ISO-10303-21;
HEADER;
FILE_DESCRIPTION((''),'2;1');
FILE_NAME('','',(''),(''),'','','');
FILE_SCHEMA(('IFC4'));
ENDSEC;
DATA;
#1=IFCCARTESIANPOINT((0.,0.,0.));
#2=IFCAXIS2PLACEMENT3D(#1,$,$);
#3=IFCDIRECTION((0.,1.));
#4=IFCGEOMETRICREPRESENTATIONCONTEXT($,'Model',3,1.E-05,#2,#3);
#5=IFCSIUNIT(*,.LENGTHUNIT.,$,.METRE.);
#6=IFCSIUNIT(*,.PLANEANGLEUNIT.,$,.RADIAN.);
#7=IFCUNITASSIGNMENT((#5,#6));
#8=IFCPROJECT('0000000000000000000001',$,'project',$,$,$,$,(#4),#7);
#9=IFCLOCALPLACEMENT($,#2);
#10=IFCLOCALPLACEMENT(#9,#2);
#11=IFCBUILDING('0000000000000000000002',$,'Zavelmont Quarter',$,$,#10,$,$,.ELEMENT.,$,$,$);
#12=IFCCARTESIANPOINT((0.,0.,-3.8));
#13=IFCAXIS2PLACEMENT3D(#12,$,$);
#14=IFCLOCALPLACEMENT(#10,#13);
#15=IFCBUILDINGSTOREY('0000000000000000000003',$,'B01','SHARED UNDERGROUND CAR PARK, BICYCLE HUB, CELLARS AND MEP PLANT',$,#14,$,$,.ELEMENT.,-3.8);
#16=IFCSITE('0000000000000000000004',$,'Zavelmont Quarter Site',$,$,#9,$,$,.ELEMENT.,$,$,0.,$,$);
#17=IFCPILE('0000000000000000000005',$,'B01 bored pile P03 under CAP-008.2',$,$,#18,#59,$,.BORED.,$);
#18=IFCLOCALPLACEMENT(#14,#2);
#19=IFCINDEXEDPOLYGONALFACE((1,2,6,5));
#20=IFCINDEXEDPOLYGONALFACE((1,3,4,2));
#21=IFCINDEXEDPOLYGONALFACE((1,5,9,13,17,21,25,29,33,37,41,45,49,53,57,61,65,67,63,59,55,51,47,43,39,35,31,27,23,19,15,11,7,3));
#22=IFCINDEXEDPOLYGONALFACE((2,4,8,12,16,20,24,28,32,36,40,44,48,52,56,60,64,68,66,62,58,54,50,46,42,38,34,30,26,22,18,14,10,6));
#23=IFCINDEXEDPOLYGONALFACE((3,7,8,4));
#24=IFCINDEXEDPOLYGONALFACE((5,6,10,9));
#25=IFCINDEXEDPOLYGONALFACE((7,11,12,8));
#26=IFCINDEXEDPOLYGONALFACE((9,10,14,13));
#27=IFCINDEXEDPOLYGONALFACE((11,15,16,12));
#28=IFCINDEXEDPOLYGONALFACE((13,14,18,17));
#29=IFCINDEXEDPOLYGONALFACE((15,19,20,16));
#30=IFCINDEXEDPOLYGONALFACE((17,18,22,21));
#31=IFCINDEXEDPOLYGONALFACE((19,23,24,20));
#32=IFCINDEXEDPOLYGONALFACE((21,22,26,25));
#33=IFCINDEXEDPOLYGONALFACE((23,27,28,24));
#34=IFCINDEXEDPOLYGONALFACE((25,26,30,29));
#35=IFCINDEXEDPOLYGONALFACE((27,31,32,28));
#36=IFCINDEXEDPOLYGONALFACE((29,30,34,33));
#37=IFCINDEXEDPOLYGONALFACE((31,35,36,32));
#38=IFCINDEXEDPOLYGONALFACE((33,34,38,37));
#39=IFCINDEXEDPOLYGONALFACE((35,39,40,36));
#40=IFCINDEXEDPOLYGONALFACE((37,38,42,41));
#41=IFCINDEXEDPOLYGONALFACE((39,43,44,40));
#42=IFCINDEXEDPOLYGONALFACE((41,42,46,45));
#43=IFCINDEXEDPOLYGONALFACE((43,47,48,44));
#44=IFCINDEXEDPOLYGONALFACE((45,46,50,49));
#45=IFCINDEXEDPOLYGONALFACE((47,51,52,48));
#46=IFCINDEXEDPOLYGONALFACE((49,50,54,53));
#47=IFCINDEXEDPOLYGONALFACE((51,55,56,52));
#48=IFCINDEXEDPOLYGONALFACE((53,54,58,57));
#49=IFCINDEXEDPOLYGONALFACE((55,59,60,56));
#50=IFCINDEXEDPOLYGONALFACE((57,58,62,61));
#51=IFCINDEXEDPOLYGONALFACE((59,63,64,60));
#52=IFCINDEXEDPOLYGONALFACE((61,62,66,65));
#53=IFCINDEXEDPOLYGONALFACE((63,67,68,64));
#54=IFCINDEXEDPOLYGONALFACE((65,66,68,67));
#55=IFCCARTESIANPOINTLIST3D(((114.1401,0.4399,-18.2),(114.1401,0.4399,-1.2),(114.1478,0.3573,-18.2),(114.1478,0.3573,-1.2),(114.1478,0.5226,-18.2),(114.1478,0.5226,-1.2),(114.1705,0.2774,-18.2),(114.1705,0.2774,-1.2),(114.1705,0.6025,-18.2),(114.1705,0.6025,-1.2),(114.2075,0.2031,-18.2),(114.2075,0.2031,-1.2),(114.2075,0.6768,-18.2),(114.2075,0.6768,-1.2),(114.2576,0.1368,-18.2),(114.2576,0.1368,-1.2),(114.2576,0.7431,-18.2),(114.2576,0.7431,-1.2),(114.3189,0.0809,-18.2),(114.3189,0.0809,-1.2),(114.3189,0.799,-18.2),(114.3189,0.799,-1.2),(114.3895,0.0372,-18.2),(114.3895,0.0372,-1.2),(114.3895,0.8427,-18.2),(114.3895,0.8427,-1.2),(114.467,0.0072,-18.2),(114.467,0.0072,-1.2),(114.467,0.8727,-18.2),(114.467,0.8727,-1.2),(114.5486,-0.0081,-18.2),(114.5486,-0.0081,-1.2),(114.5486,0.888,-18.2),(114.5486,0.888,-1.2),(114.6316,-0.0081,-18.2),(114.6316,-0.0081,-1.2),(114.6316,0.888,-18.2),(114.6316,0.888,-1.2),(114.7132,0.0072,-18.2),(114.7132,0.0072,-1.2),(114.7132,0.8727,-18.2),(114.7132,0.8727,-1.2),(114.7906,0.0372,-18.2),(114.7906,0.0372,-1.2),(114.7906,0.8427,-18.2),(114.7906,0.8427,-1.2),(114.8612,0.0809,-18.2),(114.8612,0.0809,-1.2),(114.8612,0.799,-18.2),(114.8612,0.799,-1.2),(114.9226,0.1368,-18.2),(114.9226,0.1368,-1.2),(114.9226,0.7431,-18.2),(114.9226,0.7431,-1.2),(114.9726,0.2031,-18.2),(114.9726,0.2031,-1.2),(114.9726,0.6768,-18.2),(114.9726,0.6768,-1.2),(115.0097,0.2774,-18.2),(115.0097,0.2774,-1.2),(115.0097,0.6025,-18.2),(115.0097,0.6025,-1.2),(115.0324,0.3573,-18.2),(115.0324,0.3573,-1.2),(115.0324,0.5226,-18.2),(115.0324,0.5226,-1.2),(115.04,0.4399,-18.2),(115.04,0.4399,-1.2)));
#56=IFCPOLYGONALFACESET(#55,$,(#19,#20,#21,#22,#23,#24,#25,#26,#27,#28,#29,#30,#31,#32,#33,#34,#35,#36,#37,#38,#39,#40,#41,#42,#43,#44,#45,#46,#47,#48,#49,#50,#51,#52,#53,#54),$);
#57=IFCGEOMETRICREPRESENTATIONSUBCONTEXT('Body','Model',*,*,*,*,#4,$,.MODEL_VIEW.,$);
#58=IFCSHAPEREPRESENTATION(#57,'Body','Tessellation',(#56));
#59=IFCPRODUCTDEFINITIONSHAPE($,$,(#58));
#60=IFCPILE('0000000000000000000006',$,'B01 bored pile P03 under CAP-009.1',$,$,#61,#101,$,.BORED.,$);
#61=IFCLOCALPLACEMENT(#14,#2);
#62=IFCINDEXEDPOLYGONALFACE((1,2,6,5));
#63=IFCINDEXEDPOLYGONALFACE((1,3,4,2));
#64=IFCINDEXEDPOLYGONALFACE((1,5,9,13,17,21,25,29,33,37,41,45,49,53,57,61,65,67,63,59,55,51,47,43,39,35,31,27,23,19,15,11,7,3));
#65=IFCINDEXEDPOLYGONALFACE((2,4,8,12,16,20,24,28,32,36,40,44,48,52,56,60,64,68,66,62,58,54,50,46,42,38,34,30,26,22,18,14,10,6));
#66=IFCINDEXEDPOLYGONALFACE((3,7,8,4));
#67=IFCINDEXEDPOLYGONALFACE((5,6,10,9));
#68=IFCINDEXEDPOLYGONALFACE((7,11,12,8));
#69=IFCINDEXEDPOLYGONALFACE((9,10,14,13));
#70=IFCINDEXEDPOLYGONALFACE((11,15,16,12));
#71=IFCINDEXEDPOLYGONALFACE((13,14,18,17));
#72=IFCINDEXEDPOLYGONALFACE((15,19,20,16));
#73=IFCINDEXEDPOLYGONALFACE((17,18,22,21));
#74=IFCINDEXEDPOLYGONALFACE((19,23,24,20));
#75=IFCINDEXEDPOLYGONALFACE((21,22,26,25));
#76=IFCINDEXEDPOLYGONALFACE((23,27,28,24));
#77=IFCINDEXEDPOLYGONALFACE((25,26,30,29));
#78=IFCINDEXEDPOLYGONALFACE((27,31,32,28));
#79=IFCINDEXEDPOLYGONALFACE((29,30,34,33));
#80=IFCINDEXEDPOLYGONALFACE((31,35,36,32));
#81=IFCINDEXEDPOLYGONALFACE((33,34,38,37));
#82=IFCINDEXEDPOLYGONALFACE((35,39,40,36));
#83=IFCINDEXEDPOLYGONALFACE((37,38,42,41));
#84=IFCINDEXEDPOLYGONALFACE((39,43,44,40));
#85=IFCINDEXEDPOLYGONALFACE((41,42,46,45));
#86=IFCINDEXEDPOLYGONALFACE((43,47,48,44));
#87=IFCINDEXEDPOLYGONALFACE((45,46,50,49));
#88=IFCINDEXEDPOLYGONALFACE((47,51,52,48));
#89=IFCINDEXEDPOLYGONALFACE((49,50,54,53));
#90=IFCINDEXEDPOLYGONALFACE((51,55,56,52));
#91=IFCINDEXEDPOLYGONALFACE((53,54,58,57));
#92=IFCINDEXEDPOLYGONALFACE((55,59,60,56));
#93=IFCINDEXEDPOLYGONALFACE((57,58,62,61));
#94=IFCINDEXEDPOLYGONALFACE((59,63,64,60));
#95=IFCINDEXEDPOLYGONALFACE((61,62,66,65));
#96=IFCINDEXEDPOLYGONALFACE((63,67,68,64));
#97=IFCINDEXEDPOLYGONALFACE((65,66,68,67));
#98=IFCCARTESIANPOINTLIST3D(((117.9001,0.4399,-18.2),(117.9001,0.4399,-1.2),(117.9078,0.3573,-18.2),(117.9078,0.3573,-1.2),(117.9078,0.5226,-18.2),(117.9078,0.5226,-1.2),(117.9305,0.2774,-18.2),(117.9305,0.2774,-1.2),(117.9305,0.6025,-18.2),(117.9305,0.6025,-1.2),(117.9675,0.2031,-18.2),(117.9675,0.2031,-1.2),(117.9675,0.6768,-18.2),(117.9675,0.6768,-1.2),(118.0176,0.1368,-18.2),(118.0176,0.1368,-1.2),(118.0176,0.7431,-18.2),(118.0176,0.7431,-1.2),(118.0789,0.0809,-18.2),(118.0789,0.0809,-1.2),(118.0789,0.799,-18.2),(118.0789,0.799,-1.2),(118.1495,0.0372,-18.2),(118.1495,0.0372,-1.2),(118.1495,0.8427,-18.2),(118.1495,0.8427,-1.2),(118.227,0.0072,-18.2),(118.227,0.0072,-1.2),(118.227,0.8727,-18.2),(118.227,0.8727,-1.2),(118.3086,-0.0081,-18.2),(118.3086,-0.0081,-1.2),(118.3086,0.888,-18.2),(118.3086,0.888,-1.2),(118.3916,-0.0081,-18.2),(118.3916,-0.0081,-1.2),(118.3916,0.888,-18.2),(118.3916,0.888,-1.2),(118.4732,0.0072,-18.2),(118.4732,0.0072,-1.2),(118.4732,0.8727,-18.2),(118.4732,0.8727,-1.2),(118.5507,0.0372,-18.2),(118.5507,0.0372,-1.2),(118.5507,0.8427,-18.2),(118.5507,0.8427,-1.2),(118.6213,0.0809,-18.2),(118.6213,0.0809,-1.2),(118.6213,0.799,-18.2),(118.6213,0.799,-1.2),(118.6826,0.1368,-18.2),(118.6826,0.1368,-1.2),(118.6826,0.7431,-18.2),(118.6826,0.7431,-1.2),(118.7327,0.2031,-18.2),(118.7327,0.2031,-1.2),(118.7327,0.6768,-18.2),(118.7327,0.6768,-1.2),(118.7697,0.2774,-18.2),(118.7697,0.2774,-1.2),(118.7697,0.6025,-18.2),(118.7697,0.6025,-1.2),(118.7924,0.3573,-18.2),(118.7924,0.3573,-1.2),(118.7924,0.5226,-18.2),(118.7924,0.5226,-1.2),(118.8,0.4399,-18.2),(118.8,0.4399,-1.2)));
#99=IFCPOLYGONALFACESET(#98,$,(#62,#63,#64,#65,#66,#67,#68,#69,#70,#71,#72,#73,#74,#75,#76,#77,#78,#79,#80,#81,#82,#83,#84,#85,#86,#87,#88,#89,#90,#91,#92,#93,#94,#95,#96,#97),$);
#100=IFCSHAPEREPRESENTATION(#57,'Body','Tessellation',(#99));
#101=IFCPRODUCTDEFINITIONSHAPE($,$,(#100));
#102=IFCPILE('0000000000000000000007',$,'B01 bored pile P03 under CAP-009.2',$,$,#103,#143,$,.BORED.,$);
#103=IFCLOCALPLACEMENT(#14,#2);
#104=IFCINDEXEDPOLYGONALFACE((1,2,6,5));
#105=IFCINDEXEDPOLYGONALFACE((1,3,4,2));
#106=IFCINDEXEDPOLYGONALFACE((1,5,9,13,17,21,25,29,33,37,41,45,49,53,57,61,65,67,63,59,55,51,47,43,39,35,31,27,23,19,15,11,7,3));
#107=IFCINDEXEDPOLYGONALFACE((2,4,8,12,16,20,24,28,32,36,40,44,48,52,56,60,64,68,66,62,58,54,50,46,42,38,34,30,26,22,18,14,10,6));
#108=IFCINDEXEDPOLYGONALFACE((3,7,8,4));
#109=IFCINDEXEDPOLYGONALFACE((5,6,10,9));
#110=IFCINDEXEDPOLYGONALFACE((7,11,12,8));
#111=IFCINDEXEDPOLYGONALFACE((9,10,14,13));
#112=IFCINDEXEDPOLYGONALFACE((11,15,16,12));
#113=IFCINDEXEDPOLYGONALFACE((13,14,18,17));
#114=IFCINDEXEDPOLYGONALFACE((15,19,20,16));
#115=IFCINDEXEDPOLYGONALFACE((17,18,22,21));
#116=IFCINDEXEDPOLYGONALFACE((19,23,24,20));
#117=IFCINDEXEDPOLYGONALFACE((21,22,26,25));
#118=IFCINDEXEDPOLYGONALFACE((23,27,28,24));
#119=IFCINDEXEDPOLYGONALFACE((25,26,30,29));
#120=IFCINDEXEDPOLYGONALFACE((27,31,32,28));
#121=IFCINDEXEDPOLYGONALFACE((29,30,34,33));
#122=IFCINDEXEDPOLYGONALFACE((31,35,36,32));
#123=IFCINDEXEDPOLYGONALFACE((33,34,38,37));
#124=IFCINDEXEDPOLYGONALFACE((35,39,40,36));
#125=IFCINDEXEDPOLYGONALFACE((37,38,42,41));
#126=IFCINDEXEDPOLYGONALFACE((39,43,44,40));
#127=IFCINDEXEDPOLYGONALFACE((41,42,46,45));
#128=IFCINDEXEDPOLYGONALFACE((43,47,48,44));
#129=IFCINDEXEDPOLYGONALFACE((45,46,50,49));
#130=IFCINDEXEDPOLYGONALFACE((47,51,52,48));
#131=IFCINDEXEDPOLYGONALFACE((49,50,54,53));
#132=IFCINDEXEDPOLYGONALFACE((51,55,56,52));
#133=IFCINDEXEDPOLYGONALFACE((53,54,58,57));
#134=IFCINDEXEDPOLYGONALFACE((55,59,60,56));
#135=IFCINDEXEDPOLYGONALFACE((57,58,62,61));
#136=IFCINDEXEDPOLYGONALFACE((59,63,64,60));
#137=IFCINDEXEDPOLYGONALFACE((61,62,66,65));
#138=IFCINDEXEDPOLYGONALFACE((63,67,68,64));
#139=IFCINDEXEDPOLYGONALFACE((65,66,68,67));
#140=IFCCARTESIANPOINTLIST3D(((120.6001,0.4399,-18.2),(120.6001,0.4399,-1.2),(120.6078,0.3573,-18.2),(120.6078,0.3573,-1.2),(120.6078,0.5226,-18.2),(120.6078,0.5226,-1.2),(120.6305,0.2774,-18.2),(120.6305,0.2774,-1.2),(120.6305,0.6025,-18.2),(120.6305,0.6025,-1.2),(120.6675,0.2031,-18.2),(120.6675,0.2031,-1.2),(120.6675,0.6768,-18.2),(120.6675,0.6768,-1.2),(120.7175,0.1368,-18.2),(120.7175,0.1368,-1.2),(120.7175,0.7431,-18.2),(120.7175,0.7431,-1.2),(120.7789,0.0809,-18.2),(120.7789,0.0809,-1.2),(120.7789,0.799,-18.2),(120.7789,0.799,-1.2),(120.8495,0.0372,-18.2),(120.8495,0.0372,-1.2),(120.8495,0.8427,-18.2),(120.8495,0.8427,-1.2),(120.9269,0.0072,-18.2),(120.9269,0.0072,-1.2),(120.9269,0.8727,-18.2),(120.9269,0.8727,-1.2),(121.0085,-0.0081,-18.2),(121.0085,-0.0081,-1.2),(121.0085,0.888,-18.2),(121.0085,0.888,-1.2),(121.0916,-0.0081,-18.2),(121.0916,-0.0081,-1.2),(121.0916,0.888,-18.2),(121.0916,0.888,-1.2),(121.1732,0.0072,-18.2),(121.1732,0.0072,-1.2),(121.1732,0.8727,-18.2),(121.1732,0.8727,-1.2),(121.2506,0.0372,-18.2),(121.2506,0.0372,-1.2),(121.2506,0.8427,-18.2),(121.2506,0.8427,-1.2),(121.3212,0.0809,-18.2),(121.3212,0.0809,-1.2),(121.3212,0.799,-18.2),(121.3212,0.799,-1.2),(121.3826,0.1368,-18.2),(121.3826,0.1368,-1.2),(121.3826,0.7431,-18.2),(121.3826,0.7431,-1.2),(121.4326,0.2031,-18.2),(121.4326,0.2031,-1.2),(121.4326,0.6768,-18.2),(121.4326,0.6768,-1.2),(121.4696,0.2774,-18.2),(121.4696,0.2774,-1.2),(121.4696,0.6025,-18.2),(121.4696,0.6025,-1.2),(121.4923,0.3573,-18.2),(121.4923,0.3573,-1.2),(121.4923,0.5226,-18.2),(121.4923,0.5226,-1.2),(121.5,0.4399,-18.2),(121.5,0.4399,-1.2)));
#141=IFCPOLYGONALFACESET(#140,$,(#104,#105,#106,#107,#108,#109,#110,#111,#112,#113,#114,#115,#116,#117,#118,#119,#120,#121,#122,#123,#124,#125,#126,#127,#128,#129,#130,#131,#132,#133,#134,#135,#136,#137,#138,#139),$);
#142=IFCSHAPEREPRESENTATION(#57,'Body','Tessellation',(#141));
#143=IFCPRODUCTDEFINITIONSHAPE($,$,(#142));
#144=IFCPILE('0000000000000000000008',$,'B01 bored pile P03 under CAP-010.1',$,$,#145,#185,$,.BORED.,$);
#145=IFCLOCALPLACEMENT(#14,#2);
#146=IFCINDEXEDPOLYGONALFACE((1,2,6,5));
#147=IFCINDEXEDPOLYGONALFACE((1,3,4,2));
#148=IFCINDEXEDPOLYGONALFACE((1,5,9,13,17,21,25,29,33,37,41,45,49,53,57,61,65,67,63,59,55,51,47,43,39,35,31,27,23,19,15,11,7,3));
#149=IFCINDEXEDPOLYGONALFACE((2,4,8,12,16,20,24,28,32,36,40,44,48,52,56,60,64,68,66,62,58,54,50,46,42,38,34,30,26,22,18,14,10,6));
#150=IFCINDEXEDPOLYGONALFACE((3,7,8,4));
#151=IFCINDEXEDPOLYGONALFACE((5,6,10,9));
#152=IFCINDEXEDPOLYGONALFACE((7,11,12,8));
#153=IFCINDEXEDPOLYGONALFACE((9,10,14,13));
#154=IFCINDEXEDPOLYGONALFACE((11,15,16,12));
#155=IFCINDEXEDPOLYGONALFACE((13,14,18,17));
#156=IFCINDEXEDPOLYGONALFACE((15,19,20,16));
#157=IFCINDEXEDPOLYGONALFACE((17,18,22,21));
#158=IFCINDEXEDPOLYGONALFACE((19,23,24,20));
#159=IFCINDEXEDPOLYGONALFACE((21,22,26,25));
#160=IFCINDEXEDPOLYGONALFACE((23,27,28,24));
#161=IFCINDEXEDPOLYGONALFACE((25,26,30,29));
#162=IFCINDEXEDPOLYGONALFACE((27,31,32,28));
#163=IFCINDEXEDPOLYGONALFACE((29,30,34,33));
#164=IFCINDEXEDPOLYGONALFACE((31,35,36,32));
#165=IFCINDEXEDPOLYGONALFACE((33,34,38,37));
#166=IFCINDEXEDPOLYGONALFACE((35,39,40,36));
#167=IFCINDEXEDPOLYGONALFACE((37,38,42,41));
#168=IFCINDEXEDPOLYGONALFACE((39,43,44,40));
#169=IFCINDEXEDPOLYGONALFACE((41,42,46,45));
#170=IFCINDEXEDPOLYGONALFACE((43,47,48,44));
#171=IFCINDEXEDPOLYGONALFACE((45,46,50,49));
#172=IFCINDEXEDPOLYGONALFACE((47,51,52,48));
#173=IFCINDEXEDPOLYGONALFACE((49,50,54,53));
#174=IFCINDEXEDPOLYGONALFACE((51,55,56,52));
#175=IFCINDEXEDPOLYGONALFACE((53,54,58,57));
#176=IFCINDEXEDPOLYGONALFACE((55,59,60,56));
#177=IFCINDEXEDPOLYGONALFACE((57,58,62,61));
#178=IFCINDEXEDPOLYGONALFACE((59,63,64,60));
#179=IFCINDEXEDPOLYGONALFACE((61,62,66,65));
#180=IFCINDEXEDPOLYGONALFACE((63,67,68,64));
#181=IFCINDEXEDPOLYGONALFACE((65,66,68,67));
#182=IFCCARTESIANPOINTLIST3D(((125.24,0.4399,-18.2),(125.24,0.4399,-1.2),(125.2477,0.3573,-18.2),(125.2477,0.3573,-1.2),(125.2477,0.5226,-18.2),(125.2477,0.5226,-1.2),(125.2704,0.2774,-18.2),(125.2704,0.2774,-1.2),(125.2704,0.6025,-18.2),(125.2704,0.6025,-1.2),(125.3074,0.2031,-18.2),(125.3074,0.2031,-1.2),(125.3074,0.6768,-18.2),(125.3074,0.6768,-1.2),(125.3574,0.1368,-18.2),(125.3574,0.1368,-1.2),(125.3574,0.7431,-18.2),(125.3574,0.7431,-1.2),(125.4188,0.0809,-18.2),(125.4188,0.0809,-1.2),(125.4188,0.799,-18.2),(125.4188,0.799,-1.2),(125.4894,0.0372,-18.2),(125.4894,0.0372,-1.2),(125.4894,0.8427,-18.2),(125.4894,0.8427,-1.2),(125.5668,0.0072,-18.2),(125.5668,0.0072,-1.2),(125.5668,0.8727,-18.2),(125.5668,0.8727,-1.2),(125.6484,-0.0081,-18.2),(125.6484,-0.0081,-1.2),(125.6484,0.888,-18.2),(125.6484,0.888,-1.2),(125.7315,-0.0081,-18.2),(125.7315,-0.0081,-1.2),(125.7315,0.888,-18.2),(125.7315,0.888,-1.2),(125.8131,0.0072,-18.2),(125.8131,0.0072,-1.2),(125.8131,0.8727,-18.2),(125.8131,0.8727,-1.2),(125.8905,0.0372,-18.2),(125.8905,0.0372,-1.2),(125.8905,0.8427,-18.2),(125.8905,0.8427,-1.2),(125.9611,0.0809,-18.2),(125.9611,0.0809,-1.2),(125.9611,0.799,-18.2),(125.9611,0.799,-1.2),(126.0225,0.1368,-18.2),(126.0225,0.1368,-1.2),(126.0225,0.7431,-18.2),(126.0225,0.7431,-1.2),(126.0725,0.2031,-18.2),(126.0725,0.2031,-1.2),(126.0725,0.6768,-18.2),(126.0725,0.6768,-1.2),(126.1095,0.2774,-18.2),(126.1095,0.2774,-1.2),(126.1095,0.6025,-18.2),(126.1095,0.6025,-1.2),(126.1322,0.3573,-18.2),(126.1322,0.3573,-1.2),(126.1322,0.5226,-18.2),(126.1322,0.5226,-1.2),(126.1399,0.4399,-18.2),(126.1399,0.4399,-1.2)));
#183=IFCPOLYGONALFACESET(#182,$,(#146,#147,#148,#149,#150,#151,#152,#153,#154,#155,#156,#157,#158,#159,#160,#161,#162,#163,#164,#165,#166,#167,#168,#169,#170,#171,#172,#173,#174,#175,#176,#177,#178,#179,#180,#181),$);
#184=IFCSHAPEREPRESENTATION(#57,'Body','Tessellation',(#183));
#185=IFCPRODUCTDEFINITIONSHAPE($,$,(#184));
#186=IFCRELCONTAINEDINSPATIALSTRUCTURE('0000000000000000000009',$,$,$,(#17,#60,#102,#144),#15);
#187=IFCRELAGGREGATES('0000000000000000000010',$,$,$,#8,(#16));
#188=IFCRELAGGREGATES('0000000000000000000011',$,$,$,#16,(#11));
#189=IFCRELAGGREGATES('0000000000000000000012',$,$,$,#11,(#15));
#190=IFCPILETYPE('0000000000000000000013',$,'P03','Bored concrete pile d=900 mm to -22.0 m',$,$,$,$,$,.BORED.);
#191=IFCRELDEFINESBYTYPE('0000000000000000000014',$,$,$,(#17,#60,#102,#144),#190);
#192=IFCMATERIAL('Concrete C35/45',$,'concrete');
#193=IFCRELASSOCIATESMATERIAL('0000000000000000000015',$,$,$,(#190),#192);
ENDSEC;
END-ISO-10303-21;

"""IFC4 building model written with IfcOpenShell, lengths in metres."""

from ifc_helpers import new_model, si_unit, direction, frame, origin, origin_2d, place, context, subcontext, project, spatial, circle, extrude, material, material_profile, profile_set, type_object, element, save


model = new_model("IFC4")

# Units and contexts
model_context = context("Model", 3, precision=1e-05, world=origin(), true_north=direction((0.0, 1.0)))
body_context = subcontext(model_context, "Body", "Model", "MODEL_VIEW")
ifc_project = project(units=[si_unit("LENGTHUNIT", "METRE"), si_unit("PLANEANGLEUNIT", "RADIAN")], contexts=[model_context])

# Site, building, storey
site_placement = place(None, origin())
site = spatial("IfcSite", under=ifc_project, at=site_placement, Name="Zavelmont Quarter Site", CompositionType="ELEMENT", RefElevation=0.0)
building_placement = place(site_placement, origin())
building = spatial("IfcBuilding", under=site, at=building_placement, Name="Zavelmont Quarter", CompositionType="ELEMENT")
storey_placement = place(building_placement, frame((0.0, 0.0, -3.8)))
storey = spatial("IfcBuildingStorey", under=building, at=storey_placement, Name="B01", Description="SHARED UNDERGROUND CAR PARK, BICYCLE HUB, CELLARS AND MEP PLANT", CompositionType="ELEMENT", Elevation=-3.8)

# Shared definitions
ifc_material_1 = material(Name="Concrete C35/45", Category="concrete")

# Piles
ifc_material_profile_1 = material_profile(ifc_material_1, circle(Radius=0.45, at=origin_2d()), Name="BP900")
ifc_profile_set_1 = profile_set([ifc_material_profile_1], Name="Concrete C35/45")
pile_type_1 = type_object("IfcPileType", Name="P03", Description="Bored concrete pile d=900 mm to -22.0 m", PredefinedType="BORED", material=ifc_profile_set_1)
for number, where, z_axis, x_axis, name in (
    (1, (114.5901, 0.4399, -1.2), (0.0, 0.0, -1.0), (1.0, 0.0, 0.0), "B01 bored pile P03 under CAP-008.2"),
    (2, (118.3501, 0.4399, -1.2), (0.0, 0.0, -1.0), (1.0, 0.0, 0.0), "B01 bored pile P03 under CAP-009.1"),
    (3, (121.05, 0.4399, -1.2), (0.0, 0.0, -1.0), (1.0, 0.0, 0.0), "B01 bored pile P03 under CAP-009.2"),
    (4, (125.6899, 0.4399, -1.2), (0.0, 0.0, -1.0), (1.0, 0.0, 0.0), "B01 bored pile P03 under CAP-010.1"),
):
    element("IfcPile", number, at=place(storey_placement, frame(where, z_axis=z_axis, x_axis=x_axis)), inside=storey, type_object=pile_type_1, Name=name, PredefinedType="BORED", context=body_context, shape_type="SweptSolid", body=[
        extrude(circle(Radius=0.45, at=origin_2d()), origin(), (0.0, 0.0, 1.0), 17.0),
    ])

save(model, "model.ifc")
